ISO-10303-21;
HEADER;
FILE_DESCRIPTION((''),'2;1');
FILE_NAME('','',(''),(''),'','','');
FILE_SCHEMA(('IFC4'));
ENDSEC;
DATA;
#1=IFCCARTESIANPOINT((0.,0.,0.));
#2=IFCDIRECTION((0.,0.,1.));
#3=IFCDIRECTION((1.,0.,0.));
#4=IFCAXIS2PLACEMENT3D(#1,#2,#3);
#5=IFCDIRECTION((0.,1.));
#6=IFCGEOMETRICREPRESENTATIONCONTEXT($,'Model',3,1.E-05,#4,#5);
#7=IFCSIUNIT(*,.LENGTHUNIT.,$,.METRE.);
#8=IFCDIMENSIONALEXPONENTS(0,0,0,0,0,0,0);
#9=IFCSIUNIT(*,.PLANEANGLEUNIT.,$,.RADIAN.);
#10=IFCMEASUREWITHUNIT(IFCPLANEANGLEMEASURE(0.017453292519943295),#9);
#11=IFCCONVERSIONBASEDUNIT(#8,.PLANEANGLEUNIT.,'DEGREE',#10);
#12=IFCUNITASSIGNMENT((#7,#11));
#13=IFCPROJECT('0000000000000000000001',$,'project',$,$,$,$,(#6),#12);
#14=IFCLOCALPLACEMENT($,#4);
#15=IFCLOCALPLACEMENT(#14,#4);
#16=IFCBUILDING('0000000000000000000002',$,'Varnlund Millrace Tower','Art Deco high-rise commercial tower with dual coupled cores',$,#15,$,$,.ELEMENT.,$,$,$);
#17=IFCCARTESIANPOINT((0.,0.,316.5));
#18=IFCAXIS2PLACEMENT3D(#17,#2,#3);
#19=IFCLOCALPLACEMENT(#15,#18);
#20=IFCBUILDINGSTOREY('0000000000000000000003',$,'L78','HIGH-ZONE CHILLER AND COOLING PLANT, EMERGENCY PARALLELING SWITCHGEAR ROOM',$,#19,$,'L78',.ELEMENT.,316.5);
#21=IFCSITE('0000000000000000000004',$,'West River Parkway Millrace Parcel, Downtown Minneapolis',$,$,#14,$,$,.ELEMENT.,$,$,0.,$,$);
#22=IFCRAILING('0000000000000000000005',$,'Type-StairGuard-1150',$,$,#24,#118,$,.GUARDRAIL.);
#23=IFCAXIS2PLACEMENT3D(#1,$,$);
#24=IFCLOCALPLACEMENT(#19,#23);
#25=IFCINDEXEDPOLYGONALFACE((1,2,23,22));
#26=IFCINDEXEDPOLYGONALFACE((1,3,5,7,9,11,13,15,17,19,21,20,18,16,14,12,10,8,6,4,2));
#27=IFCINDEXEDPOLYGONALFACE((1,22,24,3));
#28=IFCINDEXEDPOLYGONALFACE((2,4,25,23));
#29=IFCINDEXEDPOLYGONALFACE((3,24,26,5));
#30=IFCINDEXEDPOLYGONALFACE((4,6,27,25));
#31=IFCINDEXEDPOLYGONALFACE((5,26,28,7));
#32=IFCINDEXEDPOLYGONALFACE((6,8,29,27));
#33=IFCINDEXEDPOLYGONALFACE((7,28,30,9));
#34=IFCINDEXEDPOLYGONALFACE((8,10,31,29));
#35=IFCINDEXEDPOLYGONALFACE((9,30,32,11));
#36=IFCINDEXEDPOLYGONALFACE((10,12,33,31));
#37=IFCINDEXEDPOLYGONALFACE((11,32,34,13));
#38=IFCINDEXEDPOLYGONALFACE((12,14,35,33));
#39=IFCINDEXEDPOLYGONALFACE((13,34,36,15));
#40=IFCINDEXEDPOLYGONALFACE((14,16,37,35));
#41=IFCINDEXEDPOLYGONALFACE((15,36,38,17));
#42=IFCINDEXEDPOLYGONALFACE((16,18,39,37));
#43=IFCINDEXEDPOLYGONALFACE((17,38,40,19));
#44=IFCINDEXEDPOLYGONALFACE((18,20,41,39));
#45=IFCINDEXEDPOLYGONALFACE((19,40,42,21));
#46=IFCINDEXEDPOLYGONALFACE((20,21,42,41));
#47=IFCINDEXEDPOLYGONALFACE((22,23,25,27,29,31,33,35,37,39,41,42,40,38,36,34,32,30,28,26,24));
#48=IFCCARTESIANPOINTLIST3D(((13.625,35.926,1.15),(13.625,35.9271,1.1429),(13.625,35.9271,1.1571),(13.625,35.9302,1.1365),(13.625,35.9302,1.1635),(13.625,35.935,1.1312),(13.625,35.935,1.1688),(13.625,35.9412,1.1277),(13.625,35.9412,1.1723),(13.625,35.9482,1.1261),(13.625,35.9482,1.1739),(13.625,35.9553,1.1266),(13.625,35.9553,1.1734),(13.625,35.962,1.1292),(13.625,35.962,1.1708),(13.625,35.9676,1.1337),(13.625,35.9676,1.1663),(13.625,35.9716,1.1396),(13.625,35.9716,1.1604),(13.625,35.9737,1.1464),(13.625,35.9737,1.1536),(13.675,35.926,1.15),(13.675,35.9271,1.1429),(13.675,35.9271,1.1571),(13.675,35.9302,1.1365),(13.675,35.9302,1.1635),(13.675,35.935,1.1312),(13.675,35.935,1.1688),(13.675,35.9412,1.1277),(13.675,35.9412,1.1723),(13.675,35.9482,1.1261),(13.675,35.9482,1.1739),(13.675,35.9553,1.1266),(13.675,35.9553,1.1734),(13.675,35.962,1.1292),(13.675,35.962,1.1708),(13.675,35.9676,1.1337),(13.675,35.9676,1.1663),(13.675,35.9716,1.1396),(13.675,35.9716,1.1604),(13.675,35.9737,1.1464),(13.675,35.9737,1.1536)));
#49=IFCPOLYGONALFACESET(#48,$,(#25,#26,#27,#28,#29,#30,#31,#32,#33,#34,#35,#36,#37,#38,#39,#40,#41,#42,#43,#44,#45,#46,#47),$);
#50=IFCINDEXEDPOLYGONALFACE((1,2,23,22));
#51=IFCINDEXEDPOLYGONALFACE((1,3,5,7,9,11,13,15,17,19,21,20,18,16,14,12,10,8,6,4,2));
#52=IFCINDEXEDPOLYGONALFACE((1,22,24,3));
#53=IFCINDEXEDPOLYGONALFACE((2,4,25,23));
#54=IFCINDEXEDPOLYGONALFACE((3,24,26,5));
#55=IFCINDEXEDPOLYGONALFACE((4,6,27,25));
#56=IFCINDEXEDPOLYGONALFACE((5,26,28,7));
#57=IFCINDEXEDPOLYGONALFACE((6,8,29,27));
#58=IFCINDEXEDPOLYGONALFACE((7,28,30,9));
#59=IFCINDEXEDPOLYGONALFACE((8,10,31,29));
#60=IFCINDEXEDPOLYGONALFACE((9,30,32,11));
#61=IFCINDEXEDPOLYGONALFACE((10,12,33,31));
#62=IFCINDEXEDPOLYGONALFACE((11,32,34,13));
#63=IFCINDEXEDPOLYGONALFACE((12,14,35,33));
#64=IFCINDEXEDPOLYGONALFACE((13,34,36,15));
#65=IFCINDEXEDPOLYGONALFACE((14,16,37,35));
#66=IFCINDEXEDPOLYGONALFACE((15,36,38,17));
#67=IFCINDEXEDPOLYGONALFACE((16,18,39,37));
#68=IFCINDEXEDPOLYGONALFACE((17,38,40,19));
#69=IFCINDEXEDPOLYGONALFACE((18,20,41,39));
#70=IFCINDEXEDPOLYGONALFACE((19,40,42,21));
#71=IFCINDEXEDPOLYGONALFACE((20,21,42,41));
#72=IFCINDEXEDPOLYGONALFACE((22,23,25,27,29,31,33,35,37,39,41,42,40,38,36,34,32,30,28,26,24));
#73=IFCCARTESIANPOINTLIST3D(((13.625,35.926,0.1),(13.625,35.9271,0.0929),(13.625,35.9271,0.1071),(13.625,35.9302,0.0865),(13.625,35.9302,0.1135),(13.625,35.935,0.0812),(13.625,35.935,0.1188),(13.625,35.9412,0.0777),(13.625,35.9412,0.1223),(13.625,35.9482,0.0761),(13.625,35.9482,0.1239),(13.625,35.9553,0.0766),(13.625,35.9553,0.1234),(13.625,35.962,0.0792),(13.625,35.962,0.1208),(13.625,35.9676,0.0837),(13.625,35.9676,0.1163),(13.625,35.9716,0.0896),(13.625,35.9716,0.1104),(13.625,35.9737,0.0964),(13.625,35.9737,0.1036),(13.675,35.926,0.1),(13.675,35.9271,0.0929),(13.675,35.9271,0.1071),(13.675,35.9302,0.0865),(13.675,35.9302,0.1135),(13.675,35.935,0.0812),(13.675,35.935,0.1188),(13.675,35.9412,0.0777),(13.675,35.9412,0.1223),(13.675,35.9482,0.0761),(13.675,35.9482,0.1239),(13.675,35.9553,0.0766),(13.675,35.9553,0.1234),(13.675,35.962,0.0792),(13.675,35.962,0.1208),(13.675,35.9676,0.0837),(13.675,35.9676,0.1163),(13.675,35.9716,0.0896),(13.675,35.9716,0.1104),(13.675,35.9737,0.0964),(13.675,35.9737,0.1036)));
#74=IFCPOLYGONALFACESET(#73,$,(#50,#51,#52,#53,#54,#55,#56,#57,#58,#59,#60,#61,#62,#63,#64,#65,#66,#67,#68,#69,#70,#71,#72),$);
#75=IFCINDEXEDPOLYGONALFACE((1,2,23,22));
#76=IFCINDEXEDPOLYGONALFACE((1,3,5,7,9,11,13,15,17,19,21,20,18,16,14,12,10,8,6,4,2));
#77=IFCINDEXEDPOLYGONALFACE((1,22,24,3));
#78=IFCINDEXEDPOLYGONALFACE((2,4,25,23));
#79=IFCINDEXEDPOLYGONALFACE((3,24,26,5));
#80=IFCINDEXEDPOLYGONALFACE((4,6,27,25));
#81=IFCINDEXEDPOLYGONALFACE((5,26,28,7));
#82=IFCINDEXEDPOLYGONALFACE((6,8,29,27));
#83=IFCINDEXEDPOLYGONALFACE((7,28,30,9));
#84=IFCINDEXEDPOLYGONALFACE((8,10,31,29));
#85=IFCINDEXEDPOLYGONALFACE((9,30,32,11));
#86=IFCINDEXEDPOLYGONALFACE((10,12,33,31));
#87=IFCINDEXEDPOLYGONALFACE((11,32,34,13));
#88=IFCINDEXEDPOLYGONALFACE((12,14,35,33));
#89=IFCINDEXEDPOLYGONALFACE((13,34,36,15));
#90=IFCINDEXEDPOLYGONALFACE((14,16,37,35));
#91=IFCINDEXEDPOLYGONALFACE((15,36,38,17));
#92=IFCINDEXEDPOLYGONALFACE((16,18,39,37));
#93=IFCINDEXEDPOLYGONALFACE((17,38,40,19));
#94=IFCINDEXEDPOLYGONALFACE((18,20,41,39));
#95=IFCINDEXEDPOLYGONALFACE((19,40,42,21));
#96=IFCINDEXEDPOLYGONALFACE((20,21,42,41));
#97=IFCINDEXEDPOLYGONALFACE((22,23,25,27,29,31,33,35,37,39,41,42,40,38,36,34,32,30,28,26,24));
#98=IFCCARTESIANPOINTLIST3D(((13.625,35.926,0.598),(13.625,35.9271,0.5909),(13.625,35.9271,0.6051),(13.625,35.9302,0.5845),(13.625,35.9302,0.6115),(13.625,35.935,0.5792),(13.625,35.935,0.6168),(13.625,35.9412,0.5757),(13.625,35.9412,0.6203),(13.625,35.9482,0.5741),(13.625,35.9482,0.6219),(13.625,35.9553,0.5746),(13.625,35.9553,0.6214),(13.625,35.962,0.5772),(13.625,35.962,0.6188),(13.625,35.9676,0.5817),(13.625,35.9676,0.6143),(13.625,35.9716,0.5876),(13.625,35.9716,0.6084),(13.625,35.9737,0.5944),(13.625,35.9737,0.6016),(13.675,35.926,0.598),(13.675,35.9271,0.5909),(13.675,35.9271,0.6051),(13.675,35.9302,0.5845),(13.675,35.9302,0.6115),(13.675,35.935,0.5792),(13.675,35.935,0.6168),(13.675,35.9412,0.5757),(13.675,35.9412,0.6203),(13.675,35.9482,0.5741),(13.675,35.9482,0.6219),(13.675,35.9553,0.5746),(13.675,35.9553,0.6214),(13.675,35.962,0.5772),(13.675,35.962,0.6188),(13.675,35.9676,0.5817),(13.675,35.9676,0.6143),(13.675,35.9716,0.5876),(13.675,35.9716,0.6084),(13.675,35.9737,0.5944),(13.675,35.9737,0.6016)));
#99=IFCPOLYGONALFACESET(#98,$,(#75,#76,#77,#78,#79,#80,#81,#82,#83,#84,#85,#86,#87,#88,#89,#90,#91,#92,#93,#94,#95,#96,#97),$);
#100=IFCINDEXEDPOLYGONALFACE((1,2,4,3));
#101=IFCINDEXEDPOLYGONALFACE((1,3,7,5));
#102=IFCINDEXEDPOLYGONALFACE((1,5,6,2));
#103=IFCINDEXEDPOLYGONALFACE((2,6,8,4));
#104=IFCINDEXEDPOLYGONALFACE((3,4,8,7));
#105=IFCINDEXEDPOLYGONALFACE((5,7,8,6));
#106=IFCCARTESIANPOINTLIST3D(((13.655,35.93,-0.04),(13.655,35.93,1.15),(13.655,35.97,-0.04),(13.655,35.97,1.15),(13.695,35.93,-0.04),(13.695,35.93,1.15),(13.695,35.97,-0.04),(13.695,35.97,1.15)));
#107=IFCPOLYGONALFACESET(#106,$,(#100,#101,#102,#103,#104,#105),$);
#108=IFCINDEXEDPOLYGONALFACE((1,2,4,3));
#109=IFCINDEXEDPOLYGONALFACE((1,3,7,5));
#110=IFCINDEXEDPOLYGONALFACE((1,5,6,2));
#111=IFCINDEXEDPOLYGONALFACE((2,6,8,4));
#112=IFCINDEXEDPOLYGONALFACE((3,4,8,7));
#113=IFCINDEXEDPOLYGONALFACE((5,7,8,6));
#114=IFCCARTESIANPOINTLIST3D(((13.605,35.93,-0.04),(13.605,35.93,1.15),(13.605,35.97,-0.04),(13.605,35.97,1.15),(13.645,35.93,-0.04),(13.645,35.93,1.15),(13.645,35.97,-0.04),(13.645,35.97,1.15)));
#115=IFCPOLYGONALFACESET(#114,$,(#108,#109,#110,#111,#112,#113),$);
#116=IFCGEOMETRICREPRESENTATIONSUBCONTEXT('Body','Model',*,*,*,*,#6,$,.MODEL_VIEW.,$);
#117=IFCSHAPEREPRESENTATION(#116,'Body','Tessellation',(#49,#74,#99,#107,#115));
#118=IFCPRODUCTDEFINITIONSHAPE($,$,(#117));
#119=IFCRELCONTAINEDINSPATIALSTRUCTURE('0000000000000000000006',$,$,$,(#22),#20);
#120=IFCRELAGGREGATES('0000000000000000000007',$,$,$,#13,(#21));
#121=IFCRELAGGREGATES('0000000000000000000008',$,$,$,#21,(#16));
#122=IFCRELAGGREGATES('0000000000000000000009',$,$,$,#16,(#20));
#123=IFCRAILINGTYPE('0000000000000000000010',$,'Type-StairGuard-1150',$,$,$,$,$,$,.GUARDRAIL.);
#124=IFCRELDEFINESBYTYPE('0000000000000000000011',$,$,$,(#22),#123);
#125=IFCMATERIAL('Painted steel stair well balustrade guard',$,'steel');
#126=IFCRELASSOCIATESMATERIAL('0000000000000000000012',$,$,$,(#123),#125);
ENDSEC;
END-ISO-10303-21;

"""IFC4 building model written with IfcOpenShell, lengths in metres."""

from ifc_helpers import new_model, entity, si_unit, converted_unit, direction, frame, origin_with_axes, origin_2d_with_axis, place, context, subcontext, project, spatial, rectangle, circle, extrude, material, type_object, element, save


model = new_model("IFC4")

# Units and contexts
model_context = context("Model", 3, precision=1e-05, world=origin_with_axes(), true_north=direction((0.0, 1.0)))
body_context = subcontext(model_context, "Body", "Model", "MODEL_VIEW")
ifc_project = project(units=[si_unit("LENGTHUNIT", "METRE"), converted_unit("PLANEANGLEUNIT", "DEGREE", entity("IfcPlaneAngleMeasure", 0.017453292519943295), si_unit("PLANEANGLEUNIT", "RADIAN"), dimensions=[0, 0, 0, 0, 0, 0, 0])], contexts=[model_context])

# Site, building, storey
site_placement = place(None, origin_with_axes())
site = spatial("IfcSite", under=ifc_project, at=site_placement, Name="West River Parkway Millrace Parcel, Downtown Minneapolis", CompositionType="ELEMENT", RefElevation=0.0)
building_placement = place(site_placement, origin_with_axes())
building = spatial("IfcBuilding", under=site, at=building_placement, Name="Varnlund Millrace Tower", Description="Art Deco high-rise commercial tower with dual coupled cores", CompositionType="ELEMENT")
storey_placement = place(building_placement, frame((0.0, 0.0, 316.5), z_axis=(0.0, 0.0, 1.0), x_axis=(1.0, 0.0, 0.0)))
storey = spatial("IfcBuildingStorey", under=building, at=storey_placement, Name="L78", Description="HIGH-ZONE CHILLER AND COOLING PLANT, EMERGENCY PARALLELING SWITCHGEAR ROOM", LongName="L78", CompositionType="ELEMENT", Elevation=316.5)

# Railing
ifc_material_1 = material(Name="Painted steel stair well balustrade guard", Category="steel")
railing_type_1 = type_object("IfcRailingType", Name="Type-StairGuard-1150", PredefinedType="GUARDRAIL", material=ifc_material_1)
railing_1_placement = place(storey_placement, frame((0.0, 0.0, -316.5), z_axis=(0.0, 0.0, 1.0), x_axis=(1.0, 0.0, 0.0)))
element("IfcRailing", 1, at=railing_1_placement, inside=storey, type_object=railing_type_1, Name="Type-StairGuard-1150", PredefinedType="GUARDRAIL", context=body_context, shape_type="SweptSolid", body=[
    extrude(circle(Radius=0.024, at=origin_2d_with_axis()), frame((13.675, 35.95, 317.65), z_axis=(-1.0, 0.0, 0.0), x_axis=(0.0, -1.0, 0.0)), (0.0, 0.0, 1.0), 0.05),
    extrude(circle(Radius=0.024, at=origin_2d_with_axis()), frame((13.675, 35.95, 316.6), z_axis=(-1.0, 0.0, 0.0), x_axis=(0.0, -1.0, 0.0)), (0.0, 0.0, 1.0), 0.05),
    extrude(circle(Radius=0.024, at=origin_2d_with_axis()), frame((13.675, 35.95, 317.098), z_axis=(-1.0, 0.0, 0.0), x_axis=(0.0, -1.0, 0.0)), (0.0, 0.0, 1.0), 0.05),
    extrude(rectangle(XDim=0.04, YDim=0.04, at=origin_2d_with_axis()), frame((13.675, 35.95, 316.46), z_axis=(0.0, 0.0, 1.0), x_axis=(1.0, 0.0, 0.0)), (0.0, 0.0, 1.0), 1.19),
    extrude(rectangle(XDim=0.04, YDim=0.04, at=origin_2d_with_axis()), frame((13.625, 35.95, 316.46), z_axis=(0.0, 0.0, 1.0), x_axis=(1.0, 0.0, 0.0)), (0.0, 0.0, 1.0), 1.19),
])

save(model, "model.ifc")
